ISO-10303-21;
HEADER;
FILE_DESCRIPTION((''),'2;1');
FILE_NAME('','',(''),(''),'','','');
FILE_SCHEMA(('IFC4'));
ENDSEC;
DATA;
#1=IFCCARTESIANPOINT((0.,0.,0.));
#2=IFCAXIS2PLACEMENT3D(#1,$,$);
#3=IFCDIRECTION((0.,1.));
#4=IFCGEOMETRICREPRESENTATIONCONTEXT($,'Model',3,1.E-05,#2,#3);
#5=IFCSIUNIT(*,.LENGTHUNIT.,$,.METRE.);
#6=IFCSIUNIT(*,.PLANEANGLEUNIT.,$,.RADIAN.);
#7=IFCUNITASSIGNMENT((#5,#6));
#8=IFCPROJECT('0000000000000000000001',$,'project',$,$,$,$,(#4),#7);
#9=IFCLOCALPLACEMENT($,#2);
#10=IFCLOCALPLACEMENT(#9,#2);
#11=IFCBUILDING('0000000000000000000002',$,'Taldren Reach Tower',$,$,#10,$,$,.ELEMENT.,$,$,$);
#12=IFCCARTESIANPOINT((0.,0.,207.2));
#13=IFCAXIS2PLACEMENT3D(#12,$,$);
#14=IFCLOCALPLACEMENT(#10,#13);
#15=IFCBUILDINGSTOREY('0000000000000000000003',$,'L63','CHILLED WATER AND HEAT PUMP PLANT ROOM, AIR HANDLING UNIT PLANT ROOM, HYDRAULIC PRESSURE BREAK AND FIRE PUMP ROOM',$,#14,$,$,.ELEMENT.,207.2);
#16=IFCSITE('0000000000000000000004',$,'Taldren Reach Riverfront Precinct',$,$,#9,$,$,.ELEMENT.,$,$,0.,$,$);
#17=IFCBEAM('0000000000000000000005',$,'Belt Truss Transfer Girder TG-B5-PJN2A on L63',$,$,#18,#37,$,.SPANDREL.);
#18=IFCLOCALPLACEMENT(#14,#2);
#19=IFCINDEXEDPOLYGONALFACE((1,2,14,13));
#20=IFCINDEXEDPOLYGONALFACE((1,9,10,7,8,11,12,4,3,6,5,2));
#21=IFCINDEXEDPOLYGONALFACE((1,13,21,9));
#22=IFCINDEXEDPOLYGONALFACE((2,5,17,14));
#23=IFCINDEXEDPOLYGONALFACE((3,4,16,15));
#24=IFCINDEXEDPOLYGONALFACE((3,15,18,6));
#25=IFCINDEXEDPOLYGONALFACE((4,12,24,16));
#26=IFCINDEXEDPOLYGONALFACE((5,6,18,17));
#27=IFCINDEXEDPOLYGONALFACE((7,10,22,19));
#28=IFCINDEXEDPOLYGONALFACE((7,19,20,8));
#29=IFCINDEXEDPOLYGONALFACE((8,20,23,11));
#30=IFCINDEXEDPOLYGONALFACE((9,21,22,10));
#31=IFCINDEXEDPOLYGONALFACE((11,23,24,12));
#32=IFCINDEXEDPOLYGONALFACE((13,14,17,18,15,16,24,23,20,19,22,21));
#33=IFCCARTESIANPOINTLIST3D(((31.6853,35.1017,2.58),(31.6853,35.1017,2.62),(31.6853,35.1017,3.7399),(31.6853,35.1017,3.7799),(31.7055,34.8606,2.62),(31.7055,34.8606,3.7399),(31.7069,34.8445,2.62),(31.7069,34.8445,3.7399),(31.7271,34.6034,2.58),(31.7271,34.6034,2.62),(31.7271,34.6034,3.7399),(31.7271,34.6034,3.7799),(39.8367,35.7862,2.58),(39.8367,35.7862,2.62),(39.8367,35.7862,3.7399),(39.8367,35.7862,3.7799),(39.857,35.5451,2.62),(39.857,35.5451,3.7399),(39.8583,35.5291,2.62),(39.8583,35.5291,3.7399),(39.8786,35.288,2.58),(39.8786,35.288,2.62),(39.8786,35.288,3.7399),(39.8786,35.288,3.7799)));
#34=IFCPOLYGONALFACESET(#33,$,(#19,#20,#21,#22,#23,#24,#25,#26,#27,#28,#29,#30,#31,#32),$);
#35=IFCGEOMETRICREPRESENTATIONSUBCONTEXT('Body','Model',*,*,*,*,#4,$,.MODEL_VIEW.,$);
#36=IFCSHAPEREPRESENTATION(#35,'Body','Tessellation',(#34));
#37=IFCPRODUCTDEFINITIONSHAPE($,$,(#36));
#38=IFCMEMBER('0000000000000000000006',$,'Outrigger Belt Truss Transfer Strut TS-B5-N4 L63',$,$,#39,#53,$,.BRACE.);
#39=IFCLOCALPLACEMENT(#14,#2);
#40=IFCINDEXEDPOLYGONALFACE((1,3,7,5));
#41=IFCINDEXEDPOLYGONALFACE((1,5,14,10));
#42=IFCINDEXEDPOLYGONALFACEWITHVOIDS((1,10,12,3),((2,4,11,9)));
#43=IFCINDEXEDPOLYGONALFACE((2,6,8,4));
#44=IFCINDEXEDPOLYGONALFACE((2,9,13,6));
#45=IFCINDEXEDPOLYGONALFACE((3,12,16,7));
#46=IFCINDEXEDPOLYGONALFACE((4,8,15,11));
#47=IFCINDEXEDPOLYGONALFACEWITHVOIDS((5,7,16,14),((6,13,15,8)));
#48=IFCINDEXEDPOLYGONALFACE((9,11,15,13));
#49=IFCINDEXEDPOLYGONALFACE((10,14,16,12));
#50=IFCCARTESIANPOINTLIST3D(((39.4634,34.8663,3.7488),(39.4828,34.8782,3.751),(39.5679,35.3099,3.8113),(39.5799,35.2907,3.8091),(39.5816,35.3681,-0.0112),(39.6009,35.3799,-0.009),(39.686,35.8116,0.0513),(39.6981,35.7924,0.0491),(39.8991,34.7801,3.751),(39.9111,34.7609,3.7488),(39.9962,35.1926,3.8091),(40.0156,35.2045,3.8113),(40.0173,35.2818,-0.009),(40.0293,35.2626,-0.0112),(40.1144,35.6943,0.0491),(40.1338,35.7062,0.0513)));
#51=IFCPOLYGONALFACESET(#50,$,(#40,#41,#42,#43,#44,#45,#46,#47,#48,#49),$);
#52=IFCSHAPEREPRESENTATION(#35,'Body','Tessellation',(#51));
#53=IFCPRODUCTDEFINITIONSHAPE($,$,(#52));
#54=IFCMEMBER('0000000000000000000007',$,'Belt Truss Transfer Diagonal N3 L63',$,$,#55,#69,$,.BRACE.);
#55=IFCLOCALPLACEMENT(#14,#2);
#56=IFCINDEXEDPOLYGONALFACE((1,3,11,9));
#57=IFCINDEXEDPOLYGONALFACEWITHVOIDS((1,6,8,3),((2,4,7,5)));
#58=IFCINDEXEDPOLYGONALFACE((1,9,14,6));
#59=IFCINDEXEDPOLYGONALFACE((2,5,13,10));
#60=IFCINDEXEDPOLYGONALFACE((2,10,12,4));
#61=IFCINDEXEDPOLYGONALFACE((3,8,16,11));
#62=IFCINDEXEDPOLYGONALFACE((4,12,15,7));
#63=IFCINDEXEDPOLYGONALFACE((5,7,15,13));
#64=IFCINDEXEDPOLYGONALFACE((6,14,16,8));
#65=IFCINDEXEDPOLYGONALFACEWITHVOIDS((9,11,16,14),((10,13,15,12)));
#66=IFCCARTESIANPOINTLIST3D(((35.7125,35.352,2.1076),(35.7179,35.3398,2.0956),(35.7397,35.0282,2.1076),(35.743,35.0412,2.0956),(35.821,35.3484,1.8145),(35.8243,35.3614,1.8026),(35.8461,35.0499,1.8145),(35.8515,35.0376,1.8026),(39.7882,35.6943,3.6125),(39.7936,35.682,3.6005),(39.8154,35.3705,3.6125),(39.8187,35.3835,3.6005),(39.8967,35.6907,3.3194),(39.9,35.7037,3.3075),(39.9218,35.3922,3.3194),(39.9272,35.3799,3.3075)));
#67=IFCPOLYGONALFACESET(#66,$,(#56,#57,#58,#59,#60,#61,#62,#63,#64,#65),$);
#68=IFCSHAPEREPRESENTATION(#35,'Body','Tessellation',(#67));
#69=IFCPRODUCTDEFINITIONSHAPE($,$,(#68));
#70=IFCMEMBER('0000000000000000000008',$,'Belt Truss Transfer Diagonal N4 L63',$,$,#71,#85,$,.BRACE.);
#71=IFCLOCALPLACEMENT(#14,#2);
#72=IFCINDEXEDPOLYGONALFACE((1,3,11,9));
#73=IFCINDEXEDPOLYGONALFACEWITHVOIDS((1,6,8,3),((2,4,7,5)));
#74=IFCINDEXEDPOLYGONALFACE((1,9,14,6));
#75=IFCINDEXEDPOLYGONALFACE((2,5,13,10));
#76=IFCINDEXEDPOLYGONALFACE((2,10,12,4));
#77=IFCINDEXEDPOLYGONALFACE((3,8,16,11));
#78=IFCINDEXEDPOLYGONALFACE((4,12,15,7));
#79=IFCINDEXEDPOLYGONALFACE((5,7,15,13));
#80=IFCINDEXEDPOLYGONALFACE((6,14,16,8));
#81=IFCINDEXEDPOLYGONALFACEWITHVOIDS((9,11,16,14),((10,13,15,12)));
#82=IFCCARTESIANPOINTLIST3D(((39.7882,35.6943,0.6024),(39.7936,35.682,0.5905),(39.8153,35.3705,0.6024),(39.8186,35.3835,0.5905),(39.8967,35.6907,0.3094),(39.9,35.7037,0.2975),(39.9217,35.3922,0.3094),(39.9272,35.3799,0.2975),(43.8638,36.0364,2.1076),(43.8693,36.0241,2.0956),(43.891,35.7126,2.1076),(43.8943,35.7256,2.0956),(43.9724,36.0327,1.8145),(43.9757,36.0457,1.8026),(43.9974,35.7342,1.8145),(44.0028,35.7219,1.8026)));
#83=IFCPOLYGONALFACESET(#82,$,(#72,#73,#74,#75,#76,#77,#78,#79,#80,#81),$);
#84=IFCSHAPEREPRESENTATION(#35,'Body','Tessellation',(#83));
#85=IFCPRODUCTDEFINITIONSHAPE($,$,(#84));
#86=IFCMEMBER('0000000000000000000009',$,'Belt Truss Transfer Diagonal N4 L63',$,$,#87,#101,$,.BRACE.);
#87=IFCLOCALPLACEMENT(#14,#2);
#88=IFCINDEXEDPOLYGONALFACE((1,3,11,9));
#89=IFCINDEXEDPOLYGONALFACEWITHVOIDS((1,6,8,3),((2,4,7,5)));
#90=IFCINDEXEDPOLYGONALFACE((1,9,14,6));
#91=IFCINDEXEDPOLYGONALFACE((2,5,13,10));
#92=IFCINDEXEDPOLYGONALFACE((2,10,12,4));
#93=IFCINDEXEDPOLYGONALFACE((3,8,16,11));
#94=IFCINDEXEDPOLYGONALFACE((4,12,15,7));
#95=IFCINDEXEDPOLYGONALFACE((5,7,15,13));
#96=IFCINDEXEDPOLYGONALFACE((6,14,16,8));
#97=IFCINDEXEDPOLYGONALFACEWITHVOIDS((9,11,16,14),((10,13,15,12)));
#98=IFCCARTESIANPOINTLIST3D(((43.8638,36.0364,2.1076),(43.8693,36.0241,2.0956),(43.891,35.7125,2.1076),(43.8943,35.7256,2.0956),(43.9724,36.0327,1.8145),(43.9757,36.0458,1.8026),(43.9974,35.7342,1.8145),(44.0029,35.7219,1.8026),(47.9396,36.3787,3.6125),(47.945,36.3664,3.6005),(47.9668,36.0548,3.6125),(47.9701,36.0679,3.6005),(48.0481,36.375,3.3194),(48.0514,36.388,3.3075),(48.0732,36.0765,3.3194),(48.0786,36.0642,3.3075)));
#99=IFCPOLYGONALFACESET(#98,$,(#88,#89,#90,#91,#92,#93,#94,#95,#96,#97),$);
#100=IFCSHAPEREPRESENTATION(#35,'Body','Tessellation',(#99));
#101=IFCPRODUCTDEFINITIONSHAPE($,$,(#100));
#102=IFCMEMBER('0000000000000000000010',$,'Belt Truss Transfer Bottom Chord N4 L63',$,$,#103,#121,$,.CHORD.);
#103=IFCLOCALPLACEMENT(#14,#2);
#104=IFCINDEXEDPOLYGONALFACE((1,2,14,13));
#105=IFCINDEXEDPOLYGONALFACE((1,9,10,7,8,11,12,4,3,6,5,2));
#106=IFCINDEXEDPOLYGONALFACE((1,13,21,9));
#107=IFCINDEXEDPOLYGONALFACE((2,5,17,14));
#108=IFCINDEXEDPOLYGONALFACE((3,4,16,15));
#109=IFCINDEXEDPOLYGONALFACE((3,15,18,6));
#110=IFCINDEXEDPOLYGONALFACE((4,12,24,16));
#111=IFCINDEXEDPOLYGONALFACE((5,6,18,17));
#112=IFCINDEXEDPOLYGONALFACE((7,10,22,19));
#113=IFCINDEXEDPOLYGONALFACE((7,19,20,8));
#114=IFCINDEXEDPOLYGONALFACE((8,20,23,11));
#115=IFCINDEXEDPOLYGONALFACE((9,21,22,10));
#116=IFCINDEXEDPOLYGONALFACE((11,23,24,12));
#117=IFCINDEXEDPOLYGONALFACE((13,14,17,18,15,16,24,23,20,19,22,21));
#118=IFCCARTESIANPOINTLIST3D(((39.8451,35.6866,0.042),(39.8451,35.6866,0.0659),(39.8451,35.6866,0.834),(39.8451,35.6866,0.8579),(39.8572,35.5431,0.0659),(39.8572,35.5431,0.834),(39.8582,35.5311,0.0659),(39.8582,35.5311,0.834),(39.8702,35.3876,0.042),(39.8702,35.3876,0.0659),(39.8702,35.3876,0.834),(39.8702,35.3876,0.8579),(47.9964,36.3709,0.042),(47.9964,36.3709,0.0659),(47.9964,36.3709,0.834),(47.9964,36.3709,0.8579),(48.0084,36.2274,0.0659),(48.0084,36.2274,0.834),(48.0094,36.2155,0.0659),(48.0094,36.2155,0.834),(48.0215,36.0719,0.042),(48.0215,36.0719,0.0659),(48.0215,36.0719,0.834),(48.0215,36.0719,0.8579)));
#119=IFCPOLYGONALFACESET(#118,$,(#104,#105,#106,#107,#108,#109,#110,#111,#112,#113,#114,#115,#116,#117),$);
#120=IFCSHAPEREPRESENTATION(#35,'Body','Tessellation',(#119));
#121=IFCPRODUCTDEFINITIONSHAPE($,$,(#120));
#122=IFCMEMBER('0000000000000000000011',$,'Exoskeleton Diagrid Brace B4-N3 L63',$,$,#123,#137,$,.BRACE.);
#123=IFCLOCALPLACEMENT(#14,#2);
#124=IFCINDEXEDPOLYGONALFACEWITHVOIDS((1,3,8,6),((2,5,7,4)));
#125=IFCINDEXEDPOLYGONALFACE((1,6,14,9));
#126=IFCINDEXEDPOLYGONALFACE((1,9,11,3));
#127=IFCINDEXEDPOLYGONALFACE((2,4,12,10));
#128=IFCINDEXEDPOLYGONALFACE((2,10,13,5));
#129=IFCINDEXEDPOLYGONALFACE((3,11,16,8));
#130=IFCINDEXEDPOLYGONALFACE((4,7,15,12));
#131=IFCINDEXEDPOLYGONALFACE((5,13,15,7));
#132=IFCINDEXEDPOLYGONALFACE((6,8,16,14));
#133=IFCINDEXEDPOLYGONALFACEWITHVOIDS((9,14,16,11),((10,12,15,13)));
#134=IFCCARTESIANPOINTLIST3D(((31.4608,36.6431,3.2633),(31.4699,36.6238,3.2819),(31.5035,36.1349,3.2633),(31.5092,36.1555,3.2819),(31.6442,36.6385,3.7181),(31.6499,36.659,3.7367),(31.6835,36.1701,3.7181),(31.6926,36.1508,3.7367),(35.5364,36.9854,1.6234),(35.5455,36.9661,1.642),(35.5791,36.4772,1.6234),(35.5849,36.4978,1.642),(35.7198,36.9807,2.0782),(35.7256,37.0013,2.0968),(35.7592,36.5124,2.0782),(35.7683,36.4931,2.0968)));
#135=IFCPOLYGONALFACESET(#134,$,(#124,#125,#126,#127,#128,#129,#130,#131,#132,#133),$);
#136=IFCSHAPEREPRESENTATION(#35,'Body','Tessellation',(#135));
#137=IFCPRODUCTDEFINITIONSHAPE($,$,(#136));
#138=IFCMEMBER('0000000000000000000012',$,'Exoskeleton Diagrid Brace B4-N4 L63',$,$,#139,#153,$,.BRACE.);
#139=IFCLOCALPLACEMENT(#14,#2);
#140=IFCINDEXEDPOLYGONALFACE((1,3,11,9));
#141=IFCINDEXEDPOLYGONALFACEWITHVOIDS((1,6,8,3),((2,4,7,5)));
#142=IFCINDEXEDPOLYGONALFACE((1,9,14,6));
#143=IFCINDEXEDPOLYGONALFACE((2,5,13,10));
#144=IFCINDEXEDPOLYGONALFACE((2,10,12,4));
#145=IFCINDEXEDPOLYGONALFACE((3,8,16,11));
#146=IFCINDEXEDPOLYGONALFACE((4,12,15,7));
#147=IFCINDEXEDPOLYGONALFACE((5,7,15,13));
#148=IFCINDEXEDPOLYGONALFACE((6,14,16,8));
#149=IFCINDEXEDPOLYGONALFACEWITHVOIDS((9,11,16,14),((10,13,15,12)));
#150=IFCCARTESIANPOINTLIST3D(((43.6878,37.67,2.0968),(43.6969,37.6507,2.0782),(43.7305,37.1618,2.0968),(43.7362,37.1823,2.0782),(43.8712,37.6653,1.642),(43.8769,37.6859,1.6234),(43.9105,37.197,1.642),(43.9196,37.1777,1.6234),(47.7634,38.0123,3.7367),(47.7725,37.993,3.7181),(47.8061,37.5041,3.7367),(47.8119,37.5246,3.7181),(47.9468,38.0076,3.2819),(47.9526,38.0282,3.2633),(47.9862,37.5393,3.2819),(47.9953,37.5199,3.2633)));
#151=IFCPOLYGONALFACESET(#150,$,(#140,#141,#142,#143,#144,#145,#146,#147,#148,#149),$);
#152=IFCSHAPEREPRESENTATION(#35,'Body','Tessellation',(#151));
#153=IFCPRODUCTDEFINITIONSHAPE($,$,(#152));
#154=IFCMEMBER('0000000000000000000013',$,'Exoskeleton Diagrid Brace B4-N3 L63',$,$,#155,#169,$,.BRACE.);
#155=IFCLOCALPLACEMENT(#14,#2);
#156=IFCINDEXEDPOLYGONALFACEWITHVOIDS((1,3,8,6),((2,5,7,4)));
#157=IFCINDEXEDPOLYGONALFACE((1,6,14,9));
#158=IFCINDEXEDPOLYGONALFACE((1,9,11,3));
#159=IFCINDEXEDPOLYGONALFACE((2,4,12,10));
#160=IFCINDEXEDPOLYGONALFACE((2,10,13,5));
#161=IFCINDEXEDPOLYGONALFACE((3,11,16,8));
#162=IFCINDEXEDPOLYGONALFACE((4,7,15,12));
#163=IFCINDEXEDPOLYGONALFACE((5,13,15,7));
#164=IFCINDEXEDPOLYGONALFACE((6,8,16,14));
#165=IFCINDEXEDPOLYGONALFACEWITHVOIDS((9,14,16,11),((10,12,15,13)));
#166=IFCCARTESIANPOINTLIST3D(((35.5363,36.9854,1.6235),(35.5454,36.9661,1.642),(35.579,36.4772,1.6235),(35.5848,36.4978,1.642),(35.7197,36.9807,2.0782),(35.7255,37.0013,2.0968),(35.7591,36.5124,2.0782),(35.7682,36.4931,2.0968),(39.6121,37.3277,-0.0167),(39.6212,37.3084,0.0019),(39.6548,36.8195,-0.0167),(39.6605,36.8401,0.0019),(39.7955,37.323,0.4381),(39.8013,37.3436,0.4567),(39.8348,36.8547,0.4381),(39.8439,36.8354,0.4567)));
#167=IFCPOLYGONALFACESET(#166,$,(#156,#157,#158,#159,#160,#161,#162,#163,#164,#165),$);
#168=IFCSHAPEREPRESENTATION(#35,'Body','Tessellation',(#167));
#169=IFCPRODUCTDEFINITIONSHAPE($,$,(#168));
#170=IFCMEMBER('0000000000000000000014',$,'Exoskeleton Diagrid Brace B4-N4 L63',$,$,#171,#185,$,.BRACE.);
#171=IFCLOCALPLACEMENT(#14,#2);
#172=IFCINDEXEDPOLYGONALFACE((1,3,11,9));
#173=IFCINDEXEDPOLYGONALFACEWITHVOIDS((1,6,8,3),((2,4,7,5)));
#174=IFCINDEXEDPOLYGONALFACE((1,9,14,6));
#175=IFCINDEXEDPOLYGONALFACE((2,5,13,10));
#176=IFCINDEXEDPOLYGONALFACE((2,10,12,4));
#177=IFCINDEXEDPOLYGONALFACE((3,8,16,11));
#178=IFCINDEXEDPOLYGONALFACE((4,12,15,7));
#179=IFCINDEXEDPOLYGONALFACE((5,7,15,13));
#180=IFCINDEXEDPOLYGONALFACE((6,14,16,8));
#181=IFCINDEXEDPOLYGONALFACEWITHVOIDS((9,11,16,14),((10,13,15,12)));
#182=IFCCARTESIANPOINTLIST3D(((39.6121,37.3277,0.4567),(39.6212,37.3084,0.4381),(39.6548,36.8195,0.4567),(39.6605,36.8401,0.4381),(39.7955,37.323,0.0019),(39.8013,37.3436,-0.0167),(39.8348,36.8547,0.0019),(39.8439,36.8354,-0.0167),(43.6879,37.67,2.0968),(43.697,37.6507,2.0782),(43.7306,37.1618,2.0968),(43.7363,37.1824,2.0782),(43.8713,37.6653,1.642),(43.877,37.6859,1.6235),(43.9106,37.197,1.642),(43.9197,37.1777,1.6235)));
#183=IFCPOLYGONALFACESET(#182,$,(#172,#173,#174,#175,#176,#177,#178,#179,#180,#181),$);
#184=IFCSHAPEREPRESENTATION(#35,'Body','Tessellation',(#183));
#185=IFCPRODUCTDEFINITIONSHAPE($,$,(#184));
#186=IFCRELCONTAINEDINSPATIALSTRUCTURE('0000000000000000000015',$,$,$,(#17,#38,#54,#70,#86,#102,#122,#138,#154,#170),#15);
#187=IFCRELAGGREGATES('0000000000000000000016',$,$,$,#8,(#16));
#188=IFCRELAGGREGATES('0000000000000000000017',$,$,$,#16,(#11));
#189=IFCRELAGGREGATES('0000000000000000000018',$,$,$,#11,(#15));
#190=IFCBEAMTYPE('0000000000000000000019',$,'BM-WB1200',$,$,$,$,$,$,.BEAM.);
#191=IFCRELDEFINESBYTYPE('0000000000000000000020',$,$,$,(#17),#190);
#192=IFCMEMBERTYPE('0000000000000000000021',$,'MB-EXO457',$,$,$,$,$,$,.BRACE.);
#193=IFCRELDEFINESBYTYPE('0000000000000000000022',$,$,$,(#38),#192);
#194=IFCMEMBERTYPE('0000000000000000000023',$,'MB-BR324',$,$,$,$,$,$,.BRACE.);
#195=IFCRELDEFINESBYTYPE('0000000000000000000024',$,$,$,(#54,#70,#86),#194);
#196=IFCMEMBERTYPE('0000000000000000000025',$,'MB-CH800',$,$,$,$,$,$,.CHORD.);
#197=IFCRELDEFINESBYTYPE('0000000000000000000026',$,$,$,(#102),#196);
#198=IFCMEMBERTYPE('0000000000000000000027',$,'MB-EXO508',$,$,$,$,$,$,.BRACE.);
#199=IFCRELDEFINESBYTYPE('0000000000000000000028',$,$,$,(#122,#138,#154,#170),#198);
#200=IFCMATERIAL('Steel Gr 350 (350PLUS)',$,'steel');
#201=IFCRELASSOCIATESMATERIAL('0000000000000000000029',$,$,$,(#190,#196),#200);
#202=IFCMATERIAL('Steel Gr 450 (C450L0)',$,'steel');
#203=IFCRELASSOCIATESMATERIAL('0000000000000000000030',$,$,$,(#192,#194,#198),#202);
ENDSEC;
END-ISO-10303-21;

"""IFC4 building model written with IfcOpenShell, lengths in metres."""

from ifc_helpers import new_model, si_unit, direction, frame, origin, origin_2d, place, context, subcontext, project, spatial, hollow_rectangle, i_section, extrude, source, transform, mapped, material, material_profile, profile_set, type_object, element, save


model = new_model("IFC4")

# Units and contexts
model_context = context("Model", 3, precision=1e-05, world=origin(), true_north=direction((0.0, 1.0)))
body_context = subcontext(model_context, "Body", "Model", "MODEL_VIEW")
ifc_project = project(units=[si_unit("LENGTHUNIT", "METRE"), si_unit("PLANEANGLEUNIT", "RADIAN")], contexts=[model_context])

# Site, building, storey
site_placement = place(None, origin())
site = spatial("IfcSite", under=ifc_project, at=site_placement, Name="Taldren Reach Riverfront Precinct", CompositionType="ELEMENT", RefElevation=0.0)
building_placement = place(site_placement, origin())
building = spatial("IfcBuilding", under=site, at=building_placement, Name="Taldren Reach Tower", CompositionType="ELEMENT")
storey_placement = place(building_placement, frame((0.0, 0.0, 207.2)))
storey = spatial("IfcBuildingStorey", under=building, at=storey_placement, Name="L63", Description="CHILLED WATER AND HEAT PUMP PLANT ROOM, AIR HANDLING UNIT PLANT ROOM, HYDRAULIC PRESSURE BREAK AND FIRE PUMP ROOM", CompositionType="ELEMENT", Elevation=207.2)

# Shared definitions
ifc_material_1 = material(Name="Steel Gr 450 (C450L0)", Category="steel")
ifc_material_2 = material(Name="Steel Gr 350 (350PLUS)", Category="steel")

# Beam
ifc_material_profile_1 = material_profile(ifc_material_2, i_section(OverallWidth=0.5, OverallDepth=1.2, WebThickness=0.0161, FlangeThickness=0.04, at=origin_2d()), Name="1200WB455")
ifc_profile_set_1 = profile_set([ifc_material_profile_1], Name="Steel Gr 350 (350PLUS)")
beam_type_1 = type_object("IfcBeamType", Name="BM-WB1200", PredefinedType="BEAM", material=ifc_profile_set_1)
shared_shape_1 = source(origin(), body_context, "Body", "SweptSolid", [
    extrude(i_section(OverallWidth=0.5, OverallDepth=1.2, WebThickness=0.0161, FlangeThickness=0.04, at=origin_2d()), origin(), (0.0, 0.0, 1.0), 8.1802),
])
beam_1_placement = place(storey_placement, frame((39.8577, 35.5371, 3.1799), z_axis=(-0.996492, -0.083688, 0.0), x_axis=(0.083688, -0.996492, 0.0)))
element("IfcBeam", 1, at=beam_1_placement, inside=storey, type_object=beam_type_1, Name="Belt Truss Transfer Girder TG-B5-PJN2A on L63", PredefinedType="SPANDREL", context=body_context, shape_type="MappedRepresentation", body=[
    mapped(shared_shape_1, transform((0.0, 0.0, 0.0), scale=1.0)),
])

# Members
ifc_material_profile_2 = material_profile(ifc_material_1, hollow_rectangle(XDim=0.46, YDim=0.46, WallThickness=0.0161, at=origin_2d()), Name="460x460x16.0SHS")
ifc_profile_set_2 = profile_set([ifc_material_profile_2], Name="Steel Gr 450 (C450L0)")
member_type_1 = type_object("IfcMemberType", Name="MB-EXO457", PredefinedType="BRACE", material=ifc_profile_set_2)
shared_shape_2 = source(origin(), body_context, "Body", "SweptSolid", [
    extrude(hollow_rectangle(XDim=0.46, YDim=0.46, WallThickness=0.0161, at=origin_2d()), origin(), (0.0, 0.0, 1.0), 3.7952),
])
member_1_placement = place(storey_placement, frame((39.8577, 35.5371, 0.02), z_axis=(-0.031135, -0.132197, 0.990734), x_axis=(0.973367, -0.229251, 0.0)))
element("IfcMember", 2, at=member_1_placement, inside=storey, type_object=member_type_1, Name="Outrigger Belt Truss Transfer Strut TS-B5-N4 L63", PredefinedType="BRACE", context=body_context, shape_type="MappedRepresentation", body=[
    mapped(shared_shape_2, transform((0.0, 0.0, 0.0), scale=1.0)),
])
ifc_material_profile_3 = material_profile(ifc_material_1, hollow_rectangle(XDim=0.325, YDim=0.325, WallThickness=0.0127, at=origin_2d()), Name="325x325x12.7SHS")
ifc_profile_set_3 = profile_set([ifc_material_profile_3], Name="Steel Gr 450 (C450L0)")
member_type_2 = type_object("IfcMemberType", Name="MB-BR324", PredefinedType="BRACE", material=ifc_profile_set_3)
shared_shape_3 = source(origin(), body_context, "Body", "SweptSolid", [
    extrude(hollow_rectangle(XDim=0.325, YDim=0.325, WallThickness=0.0127, at=origin_2d()), origin(), (0.0, 0.0, 1.0), 4.3582),
])
for number, where, z_axis, x_axis, name in (
    (3, (35.782, 35.1948, 1.9551), (0.935198, 0.07854, 0.345307), (-0.083688, 0.996492, 0.0), "Belt Truss Transfer Diagonal N3 L63"),
    (4, (39.8577, 35.5371, 0.45), (0.935184, 0.078483, 0.345358), (-0.083628, 0.996497, 0.0), "Belt Truss Transfer Diagonal N4 L63"),
    (5, (43.9333, 35.8792, 1.9551), (0.935198, 0.07854, 0.345307), (-0.083688, 0.996492, 0.0), "Belt Truss Transfer Diagonal N4 L63"),
):
    element("IfcMember", number, at=place(storey_placement, frame(where, z_axis=z_axis, x_axis=x_axis)), inside=storey, type_object=member_type_2, Name=name, PredefinedType="BRACE", context=body_context, shape_type="MappedRepresentation", body=[
        mapped(shared_shape_3, transform((0.0, 0.0, 0.0), scale=1.0)),
    ])
ifc_material_profile_4 = material_profile(ifc_material_2, i_section(OverallWidth=0.3, OverallDepth=0.8159, WebThickness=0.012, FlangeThickness=0.0239, at=origin_2d()), Name="800WB192")
ifc_profile_set_4 = profile_set([ifc_material_profile_4], Name="Steel Gr 350 (350PLUS)")
member_type_3 = type_object("IfcMemberType", Name="MB-CH800", PredefinedType="CHORD", material=ifc_profile_set_4)
shared_shape_4 = source(origin(), body_context, "Body", "SweptSolid", [
    extrude(i_section(OverallWidth=0.3, OverallDepth=0.8159, WebThickness=0.012, FlangeThickness=0.0239, at=origin_2d()), origin(), (0.0, 0.0, 1.0), 8.1799),
])
member_2_placement = place(storey_placement, frame((39.8577, 35.5371, 0.45), z_axis=(0.996495, 0.083658, 0.0), x_axis=(-0.083658, 0.996495, 0.0)))
element("IfcMember", 6, at=member_2_placement, inside=storey, type_object=member_type_3, Name="Belt Truss Transfer Bottom Chord N4 L63", PredefinedType="CHORD", context=body_context, shape_type="MappedRepresentation", body=[
    mapped(shared_shape_4, transform((0.0, 0.0, 0.0), scale=1.0)),
])
ifc_material_profile_5 = material_profile(ifc_material_1, hollow_rectangle(XDim=0.51, YDim=0.51, WallThickness=0.02, at=origin_2d()), Name="510x510x20.0SHS")
ifc_profile_set_5 = profile_set([ifc_material_profile_5], Name="Steel Gr 450 (C450L0)")
member_type_4 = type_object("IfcMemberType", Name="MB-EXO508", PredefinedType="BRACE", material=ifc_profile_set_5)
shared_shape_5 = source(origin(), body_context, "Body", "SweptSolid", [
    extrude(hollow_rectangle(XDim=0.51, YDim=0.51, WallThickness=0.02, at=origin_2d()), origin(), (0.0, 0.0, 1.0), 4.4065),
])
for number, where, z_axis, x_axis, name in (
    (7, (35.6523, 36.7393, 1.8601), (-0.924917, -0.077677, 0.37215), (0.083688, -0.996492, 0.0), "Exoskeleton Diagrid Brace B4-N3 L63"),
    (8, (43.8037, 37.4238, 1.8601), (0.924917, 0.077677, 0.37215), (-0.083688, 0.996492, 0.0), "Exoskeleton Diagrid Brace B4-N4 L63"),
):
    element("IfcMember", number, at=place(storey_placement, frame(where, z_axis=z_axis, x_axis=x_axis)), inside=storey, type_object=member_type_4, Name=name, PredefinedType="BRACE", context=body_context, shape_type="MappedRepresentation", body=[
        mapped(shared_shape_5, transform((0.0, 0.0, 0.0), scale=1.0)),
    ])
shared_shape_6 = source(origin(), body_context, "Body", "SweptSolid", [
    extrude(hollow_rectangle(XDim=0.51, YDim=0.51, WallThickness=0.02, at=origin_2d()), origin(), (0.0, 0.0, 1.0), 4.4067),
])
for number, where, z_axis, x_axis, name in (
    (9, (39.728, 37.0815, 0.22), (-0.924898, -0.077675, 0.372197), (0.083688, -0.996492, 0.0), "Exoskeleton Diagrid Brace B4-N3 L63"),
    (10, (39.728, 37.0815, 0.22), (0.924898, 0.077675, 0.372197), (-0.083688, 0.996492, 0.0), "Exoskeleton Diagrid Brace B4-N4 L63"),
):
    element("IfcMember", number, at=place(storey_placement, frame(where, z_axis=z_axis, x_axis=x_axis)), inside=storey, type_object=member_type_4, Name=name, PredefinedType="BRACE", context=body_context, shape_type="MappedRepresentation", body=[
        mapped(shared_shape_6, transform((0.0, 0.0, 0.0), scale=1.0)),
    ])

save(model, "model.ifc")
